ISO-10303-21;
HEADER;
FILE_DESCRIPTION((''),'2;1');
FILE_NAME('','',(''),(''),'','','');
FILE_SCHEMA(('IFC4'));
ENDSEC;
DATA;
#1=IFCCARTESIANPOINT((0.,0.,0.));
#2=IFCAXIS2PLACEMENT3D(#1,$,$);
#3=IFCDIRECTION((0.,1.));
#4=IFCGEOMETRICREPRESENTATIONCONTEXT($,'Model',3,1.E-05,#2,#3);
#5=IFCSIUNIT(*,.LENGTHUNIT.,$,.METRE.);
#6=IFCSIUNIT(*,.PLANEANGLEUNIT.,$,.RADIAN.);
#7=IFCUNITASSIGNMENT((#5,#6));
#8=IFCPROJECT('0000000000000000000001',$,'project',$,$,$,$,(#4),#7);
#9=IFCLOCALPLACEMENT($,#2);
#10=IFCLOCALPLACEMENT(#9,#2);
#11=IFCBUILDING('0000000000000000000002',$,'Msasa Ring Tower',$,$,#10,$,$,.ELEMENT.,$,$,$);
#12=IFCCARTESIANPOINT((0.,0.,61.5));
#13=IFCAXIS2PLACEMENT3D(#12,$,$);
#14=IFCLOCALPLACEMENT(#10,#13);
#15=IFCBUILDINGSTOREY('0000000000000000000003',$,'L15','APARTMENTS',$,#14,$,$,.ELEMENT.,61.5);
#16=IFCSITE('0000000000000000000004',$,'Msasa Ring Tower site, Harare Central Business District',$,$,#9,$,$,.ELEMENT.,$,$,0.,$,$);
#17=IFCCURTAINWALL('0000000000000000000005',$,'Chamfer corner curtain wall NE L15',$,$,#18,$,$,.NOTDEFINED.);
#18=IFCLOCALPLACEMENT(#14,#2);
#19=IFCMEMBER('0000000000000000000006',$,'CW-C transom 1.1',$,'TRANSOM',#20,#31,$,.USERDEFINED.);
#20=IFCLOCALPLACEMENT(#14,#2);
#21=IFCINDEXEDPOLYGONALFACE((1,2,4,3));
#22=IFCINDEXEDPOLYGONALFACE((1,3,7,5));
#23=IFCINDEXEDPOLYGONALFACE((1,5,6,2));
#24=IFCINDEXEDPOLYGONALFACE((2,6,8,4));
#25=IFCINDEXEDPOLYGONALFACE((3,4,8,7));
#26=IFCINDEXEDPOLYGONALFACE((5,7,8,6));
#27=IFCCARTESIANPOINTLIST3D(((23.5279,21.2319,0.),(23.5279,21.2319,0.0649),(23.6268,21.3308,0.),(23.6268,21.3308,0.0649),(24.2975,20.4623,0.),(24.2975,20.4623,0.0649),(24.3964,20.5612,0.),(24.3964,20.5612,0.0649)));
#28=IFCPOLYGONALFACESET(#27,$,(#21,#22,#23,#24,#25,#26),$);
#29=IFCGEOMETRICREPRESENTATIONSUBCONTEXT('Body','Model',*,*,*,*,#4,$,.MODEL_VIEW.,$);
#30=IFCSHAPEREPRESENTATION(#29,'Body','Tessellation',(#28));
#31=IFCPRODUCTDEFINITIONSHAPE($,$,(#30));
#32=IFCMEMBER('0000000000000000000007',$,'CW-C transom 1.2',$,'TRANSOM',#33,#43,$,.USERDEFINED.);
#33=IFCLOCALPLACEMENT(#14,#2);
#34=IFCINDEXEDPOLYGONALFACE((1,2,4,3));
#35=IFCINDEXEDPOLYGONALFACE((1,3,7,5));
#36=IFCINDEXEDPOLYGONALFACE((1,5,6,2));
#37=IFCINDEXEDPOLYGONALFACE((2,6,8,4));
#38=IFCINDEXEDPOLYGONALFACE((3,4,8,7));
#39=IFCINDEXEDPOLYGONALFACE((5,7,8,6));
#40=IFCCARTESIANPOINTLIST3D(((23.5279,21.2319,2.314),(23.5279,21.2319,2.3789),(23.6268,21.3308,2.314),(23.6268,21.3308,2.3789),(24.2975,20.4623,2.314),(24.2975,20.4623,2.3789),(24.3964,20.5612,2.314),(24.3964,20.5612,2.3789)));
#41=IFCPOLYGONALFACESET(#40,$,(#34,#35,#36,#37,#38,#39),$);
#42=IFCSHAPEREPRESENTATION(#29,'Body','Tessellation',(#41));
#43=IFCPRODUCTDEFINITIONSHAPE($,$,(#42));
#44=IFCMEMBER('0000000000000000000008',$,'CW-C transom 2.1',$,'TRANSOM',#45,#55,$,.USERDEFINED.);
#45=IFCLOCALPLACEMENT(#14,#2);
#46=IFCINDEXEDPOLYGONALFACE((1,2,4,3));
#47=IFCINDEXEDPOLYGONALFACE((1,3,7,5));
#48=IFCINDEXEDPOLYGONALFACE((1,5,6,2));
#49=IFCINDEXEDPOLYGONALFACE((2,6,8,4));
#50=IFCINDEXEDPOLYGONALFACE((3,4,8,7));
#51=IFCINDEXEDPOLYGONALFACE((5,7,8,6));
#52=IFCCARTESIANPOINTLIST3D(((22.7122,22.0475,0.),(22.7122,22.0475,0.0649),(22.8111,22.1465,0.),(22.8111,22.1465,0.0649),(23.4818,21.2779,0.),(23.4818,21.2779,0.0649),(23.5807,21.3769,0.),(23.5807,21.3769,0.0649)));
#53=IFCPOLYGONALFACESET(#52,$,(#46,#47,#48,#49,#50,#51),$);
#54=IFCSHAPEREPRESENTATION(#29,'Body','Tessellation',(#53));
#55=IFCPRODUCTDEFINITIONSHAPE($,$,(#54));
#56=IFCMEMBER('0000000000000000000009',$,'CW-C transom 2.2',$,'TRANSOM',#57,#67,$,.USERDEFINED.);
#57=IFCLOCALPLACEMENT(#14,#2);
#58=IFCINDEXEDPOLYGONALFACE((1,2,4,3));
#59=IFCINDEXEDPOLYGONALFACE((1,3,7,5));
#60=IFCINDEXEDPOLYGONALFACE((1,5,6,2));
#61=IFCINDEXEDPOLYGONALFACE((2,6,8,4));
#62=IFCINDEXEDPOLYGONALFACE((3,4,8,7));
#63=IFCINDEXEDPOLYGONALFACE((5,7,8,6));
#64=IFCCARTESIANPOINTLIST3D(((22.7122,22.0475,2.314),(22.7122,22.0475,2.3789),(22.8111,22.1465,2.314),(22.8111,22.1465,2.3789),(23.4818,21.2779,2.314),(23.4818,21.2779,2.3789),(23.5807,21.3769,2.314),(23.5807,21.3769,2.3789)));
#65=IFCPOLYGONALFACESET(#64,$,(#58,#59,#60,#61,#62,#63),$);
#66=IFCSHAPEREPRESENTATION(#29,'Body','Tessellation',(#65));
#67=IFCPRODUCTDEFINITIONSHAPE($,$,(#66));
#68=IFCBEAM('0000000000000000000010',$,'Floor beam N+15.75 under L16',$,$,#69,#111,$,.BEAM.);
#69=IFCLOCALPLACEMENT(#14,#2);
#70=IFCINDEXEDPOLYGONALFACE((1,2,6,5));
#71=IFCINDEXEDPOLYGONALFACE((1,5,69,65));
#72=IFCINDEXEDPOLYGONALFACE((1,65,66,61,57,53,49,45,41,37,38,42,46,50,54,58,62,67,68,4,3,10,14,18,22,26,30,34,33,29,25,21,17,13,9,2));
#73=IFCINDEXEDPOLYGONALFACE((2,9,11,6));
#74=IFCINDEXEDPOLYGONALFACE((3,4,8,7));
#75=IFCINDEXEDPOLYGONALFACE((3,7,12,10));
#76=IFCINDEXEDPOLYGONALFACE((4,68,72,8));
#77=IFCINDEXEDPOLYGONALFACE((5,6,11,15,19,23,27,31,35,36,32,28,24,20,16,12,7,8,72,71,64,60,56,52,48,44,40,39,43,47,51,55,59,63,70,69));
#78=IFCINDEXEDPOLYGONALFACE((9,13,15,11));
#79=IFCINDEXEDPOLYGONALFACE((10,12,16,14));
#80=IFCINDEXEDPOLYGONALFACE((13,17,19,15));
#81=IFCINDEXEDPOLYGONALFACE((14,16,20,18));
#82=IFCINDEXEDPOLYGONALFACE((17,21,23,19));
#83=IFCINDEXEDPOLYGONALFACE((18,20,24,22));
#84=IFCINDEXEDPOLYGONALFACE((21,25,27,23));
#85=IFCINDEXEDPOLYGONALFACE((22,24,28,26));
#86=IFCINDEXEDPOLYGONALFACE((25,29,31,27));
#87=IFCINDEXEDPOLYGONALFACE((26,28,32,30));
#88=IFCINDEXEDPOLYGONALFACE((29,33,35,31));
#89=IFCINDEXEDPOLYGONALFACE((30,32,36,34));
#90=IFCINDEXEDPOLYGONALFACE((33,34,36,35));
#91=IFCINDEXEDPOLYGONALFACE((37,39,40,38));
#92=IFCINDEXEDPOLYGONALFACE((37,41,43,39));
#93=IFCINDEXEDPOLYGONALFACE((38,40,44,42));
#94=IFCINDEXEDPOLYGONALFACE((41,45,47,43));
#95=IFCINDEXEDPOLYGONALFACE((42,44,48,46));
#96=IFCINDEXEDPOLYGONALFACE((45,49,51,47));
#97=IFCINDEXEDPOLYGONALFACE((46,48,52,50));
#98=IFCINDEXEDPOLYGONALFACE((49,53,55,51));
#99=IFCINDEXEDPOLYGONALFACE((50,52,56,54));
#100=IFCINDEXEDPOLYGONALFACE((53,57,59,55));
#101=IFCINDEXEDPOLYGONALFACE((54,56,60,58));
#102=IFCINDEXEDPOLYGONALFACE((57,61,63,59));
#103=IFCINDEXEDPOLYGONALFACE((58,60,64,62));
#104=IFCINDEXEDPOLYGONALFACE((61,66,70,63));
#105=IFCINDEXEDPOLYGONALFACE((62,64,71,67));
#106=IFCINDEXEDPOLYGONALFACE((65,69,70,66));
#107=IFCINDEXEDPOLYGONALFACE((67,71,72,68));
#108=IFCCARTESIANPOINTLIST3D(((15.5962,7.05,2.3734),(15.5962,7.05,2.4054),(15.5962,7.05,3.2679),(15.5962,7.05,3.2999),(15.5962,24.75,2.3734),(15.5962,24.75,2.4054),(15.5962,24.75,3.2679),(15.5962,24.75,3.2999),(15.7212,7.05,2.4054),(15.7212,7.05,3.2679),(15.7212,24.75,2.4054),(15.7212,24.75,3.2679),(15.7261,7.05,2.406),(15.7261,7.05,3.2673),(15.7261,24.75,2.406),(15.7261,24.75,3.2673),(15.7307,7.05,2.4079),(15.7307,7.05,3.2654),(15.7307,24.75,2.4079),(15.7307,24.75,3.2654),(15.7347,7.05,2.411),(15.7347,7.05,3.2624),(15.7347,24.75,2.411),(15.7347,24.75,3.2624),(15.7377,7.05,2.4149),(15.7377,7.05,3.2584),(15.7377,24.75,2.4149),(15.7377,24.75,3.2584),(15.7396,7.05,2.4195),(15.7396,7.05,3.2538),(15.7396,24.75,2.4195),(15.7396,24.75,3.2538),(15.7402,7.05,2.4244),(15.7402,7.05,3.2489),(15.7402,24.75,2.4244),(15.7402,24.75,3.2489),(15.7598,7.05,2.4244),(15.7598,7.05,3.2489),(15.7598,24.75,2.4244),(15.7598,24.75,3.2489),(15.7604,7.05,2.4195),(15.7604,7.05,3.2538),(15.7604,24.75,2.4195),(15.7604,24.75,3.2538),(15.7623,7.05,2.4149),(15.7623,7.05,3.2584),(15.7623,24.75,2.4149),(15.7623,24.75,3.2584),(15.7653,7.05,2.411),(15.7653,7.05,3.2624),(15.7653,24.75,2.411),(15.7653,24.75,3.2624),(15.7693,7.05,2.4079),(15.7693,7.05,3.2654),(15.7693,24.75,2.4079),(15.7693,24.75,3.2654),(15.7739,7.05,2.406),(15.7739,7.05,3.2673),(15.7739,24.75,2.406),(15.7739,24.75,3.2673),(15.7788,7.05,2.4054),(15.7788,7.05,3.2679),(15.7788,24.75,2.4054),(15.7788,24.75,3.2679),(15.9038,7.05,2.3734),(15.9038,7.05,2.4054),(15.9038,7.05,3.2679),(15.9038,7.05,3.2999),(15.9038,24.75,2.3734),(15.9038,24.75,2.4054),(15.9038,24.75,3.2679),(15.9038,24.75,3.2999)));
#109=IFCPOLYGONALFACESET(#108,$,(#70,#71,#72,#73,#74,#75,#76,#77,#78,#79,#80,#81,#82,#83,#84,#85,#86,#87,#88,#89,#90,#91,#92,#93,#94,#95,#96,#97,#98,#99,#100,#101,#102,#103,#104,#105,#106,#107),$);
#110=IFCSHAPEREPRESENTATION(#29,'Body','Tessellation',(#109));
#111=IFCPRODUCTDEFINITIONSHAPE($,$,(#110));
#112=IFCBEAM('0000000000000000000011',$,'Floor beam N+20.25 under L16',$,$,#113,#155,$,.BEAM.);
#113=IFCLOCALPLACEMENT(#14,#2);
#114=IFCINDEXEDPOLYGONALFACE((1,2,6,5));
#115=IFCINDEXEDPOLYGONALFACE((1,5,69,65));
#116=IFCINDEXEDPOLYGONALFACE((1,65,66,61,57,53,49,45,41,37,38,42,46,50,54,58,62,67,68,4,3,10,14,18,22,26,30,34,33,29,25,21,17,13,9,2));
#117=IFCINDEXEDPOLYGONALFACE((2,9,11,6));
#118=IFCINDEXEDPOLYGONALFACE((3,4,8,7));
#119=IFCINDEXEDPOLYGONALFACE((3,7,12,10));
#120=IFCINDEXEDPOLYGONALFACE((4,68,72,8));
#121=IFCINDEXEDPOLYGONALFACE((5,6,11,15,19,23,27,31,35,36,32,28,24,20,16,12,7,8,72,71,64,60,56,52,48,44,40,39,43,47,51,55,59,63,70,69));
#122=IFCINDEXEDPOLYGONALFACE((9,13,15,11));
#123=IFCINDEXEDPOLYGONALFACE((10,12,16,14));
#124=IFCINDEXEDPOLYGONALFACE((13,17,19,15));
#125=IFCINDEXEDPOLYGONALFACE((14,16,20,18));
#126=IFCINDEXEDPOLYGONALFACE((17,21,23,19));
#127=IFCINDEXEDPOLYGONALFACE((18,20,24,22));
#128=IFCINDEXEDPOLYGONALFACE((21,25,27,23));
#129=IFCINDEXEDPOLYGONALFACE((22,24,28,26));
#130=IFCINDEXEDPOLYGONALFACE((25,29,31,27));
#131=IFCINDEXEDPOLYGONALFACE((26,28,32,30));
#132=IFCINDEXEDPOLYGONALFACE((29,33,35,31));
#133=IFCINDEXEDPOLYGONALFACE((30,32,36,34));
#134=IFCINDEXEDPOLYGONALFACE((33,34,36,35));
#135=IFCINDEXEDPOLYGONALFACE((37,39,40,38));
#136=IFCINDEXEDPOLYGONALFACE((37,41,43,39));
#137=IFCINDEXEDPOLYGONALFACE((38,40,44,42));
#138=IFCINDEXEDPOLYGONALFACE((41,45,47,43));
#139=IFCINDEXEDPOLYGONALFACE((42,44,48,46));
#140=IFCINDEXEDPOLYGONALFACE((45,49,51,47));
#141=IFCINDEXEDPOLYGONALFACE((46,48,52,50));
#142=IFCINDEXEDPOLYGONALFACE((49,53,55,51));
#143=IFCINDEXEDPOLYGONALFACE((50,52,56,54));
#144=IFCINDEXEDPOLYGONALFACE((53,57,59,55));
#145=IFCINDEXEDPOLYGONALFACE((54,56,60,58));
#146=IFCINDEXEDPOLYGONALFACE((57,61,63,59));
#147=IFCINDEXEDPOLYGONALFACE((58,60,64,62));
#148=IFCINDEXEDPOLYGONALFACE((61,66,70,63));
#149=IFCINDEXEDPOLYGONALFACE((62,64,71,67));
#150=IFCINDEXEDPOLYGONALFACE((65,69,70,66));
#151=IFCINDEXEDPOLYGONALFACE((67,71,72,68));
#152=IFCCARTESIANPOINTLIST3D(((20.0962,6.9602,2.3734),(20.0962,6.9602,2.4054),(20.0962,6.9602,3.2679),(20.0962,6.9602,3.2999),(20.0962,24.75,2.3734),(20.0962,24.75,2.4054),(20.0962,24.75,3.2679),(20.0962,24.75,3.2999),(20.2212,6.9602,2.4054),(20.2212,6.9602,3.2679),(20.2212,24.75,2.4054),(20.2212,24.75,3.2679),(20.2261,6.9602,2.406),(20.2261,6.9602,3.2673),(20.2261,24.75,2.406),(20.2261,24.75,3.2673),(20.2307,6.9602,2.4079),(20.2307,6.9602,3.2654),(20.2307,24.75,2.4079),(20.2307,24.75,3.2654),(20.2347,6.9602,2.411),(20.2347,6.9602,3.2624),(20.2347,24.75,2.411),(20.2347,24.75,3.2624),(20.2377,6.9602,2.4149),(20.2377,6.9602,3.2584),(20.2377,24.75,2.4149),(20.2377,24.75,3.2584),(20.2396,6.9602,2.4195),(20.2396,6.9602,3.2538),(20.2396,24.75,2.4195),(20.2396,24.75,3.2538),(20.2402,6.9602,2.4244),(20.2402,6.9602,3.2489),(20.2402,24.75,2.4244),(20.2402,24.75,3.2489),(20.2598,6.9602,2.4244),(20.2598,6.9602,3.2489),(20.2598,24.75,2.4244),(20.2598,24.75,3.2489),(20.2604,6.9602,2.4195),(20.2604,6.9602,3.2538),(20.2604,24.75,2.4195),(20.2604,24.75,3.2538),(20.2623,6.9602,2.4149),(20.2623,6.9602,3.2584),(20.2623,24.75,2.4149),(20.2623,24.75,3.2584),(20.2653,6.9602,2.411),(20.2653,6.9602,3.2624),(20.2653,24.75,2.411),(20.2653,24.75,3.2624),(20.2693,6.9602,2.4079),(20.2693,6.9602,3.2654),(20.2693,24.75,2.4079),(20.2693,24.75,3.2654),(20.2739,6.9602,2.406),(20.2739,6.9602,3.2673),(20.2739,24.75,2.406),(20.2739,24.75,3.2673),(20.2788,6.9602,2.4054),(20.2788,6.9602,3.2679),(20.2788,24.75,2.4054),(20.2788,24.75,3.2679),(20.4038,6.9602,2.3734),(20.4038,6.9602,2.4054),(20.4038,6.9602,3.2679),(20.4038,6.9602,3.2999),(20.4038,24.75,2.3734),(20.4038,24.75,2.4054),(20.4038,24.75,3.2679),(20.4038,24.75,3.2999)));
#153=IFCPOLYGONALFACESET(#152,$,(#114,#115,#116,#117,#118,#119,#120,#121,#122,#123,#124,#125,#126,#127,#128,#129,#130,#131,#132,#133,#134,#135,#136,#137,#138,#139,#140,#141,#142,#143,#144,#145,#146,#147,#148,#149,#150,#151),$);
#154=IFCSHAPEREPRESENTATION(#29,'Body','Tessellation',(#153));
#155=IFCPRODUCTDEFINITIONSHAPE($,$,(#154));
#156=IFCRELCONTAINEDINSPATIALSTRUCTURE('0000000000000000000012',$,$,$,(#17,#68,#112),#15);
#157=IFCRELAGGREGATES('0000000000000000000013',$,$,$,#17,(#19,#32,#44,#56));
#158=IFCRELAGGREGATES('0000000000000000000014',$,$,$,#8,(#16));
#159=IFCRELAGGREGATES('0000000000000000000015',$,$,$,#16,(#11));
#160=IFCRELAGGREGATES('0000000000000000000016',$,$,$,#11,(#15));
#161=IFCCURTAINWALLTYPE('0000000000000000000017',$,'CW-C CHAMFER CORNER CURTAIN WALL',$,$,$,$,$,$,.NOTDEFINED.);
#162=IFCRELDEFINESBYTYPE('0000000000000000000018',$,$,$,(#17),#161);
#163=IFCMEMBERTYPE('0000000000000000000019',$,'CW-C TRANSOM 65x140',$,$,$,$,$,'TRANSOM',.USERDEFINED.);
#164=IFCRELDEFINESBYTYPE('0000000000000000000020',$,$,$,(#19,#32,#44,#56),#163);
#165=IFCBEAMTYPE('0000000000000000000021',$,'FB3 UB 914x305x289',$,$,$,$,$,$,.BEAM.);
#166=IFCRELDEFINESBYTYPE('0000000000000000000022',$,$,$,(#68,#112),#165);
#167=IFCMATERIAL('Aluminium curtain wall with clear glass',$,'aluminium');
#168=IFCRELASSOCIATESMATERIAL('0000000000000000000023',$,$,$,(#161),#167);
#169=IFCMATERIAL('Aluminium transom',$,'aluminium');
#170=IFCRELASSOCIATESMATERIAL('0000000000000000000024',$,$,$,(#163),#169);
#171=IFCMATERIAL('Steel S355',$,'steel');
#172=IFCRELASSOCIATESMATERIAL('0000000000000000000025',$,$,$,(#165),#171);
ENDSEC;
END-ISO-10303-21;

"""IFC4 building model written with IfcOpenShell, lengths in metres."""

from ifc_helpers import new_model, si_unit, direction, frame, origin, origin_2d, place, context, subcontext, project, spatial, rectangle, i_section, extrude, material, material_profile, profile_set, type_object, element, aggregate, save


model = new_model("IFC4")

# Units and contexts
model_context = context("Model", 3, precision=1e-05, world=origin(), true_north=direction((0.0, 1.0)))
body_context = subcontext(model_context, "Body", "Model", "MODEL_VIEW")
ifc_project = project(units=[si_unit("LENGTHUNIT", "METRE"), si_unit("PLANEANGLEUNIT", "RADIAN")], contexts=[model_context])

# Site, building, storey
site_placement = place(None, origin())
site = spatial("IfcSite", under=ifc_project, at=site_placement, Name="Msasa Ring Tower site, Harare Central Business District", CompositionType="ELEMENT", RefElevation=0.0)
building_placement = place(site_placement, origin())
building = spatial("IfcBuilding", under=site, at=building_placement, Name="Msasa Ring Tower", CompositionType="ELEMENT")
storey_placement = place(building_placement, frame((0.0, 0.0, 61.5)))
storey = spatial("IfcBuildingStorey", under=building, at=storey_placement, Name="L15", Description="APARTMENTS", CompositionType="ELEMENT", Elevation=61.5)

# Curtain wall
ifc_material_1 = material(Name="Aluminium curtain wall with clear glass", Category="aluminium")
curtain_wall_type = type_object("IfcCurtainWallType", Name="CW-C CHAMFER CORNER CURTAIN WALL", PredefinedType="NOTDEFINED", material=ifc_material_1)
curtain_wall_1_placement = place(storey_placement, origin())
curtain_wall_1 = element("IfcCurtainWall", 1, at=curtain_wall_1_placement, inside=storey, type_object=curtain_wall_type, Name="Chamfer corner curtain wall NE L15", PredefinedType="NOTDEFINED")

# Members
ifc_material_2 = material(Name="Aluminium transom", Category="aluminium")
ifc_material_profile_1 = material_profile(ifc_material_2, rectangle(XDim=0.1399, YDim=0.0649, at=origin_2d()), Name="AL 65x140")
ifc_profile_set_1 = profile_set([ifc_material_profile_1], Name="Aluminium transom")
member_type_1 = type_object("IfcMemberType", Name="CW-C TRANSOM 65x140", ElementType="TRANSOM", PredefinedType="USERDEFINED", material=ifc_profile_set_1)
member_1_placement = place(storey_placement, frame((24.3469, 20.5117, 0.0325), z_axis=(-0.707107, 0.707107, 0.0), x_axis=(-0.707107, -0.707107, 0.0)))
member_1 = element("IfcMember", 2, at=member_1_placement, type_object=member_type_1, Name="CW-C transom 1.1", ObjectType="TRANSOM", PredefinedType="USERDEFINED", context=body_context, shape_type="SweptSolid", body=[
    extrude(rectangle(XDim=0.1399, YDim=0.0649, at=origin_2d()), origin(), (0.0, 0.0, 1.0), 1.0884),
])
member_2_placement = place(storey_placement, frame((24.3469, 20.5117, 2.3464), z_axis=(-0.707107, 0.707107, 0.0), x_axis=(-0.707107, -0.707107, 0.0)))
member_2 = element("IfcMember", 3, at=member_2_placement, type_object=member_type_1, Name="CW-C transom 1.2", ObjectType="TRANSOM", PredefinedType="USERDEFINED", context=body_context, shape_type="SweptSolid", body=[
    extrude(rectangle(XDim=0.1399, YDim=0.0649, at=origin_2d()), origin(), (0.0, 0.0, 1.0), 1.0884),
])
member_3_placement = place(storey_placement, frame((23.5312, 21.3274, 0.0325), z_axis=(-0.707107, 0.707107, 0.0), x_axis=(-0.707107, -0.707107, 0.0)))
member_3 = element("IfcMember", 4, at=member_3_placement, type_object=member_type_1, Name="CW-C transom 2.1", ObjectType="TRANSOM", PredefinedType="USERDEFINED", context=body_context, shape_type="SweptSolid", body=[
    extrude(rectangle(XDim=0.1399, YDim=0.0649, at=origin_2d()), origin(), (0.0, 0.0, 1.0), 1.0884),
])
member_4_placement = place(storey_placement, frame((23.5312, 21.3274, 2.3464), z_axis=(-0.707107, 0.707107, 0.0), x_axis=(-0.707107, -0.707107, 0.0)))
member_4 = element("IfcMember", 5, at=member_4_placement, type_object=member_type_1, Name="CW-C transom 2.2", ObjectType="TRANSOM", PredefinedType="USERDEFINED", context=body_context, shape_type="SweptSolid", body=[
    extrude(rectangle(XDim=0.1399, YDim=0.0649, at=origin_2d()), origin(), (0.0, 0.0, 1.0), 1.0884),
])

# Beams
ifc_material_3 = material(Name="Steel S355", Category="steel")
ifc_material_profile_2 = material_profile(ifc_material_3, i_section(OverallWidth=0.3076, OverallDepth=0.9265, WebThickness=0.0195, FlangeThickness=0.032, FilletRadius=0.019, at=origin_2d()), Name="UB 914x305x289")
ifc_profile_set_2 = profile_set([ifc_material_profile_2], Name="Steel S355")
beam_type_1 = type_object("IfcBeamType", Name="FB3 UB 914x305x289", PredefinedType="BEAM", material=ifc_profile_set_2)
beam_1_placement = place(storey_placement, frame((15.75, 24.75, 2.8367), z_axis=(0.0, -1.0, 0.0), x_axis=(1.0, 0.0, 0.0)))
element("IfcBeam", 6, at=beam_1_placement, inside=storey, type_object=beam_type_1, Name="Floor beam N+15.75 under L16", PredefinedType="BEAM", context=body_context, shape_type="SweptSolid", body=[
    extrude(i_section(OverallWidth=0.3076, OverallDepth=0.9265, WebThickness=0.0195, FlangeThickness=0.032, FilletRadius=0.019, at=origin_2d()), origin(), (0.0, 0.0, 1.0), 17.7),
])
beam_2_placement = place(storey_placement, frame((20.25, 24.75, 2.8367), z_axis=(0.0, -1.0, 0.0), x_axis=(1.0, 0.0, 0.0)))
element("IfcBeam", 7, at=beam_2_placement, inside=storey, type_object=beam_type_1, Name="Floor beam N+20.25 under L16", PredefinedType="BEAM", context=body_context, shape_type="SweptSolid", body=[
    extrude(i_section(OverallWidth=0.3076, OverallDepth=0.9265, WebThickness=0.0195, FlangeThickness=0.032, FilletRadius=0.019, at=origin_2d()), origin(), (0.0, 0.0, 1.0), 17.7898),
])

aggregate(curtain_wall_1, [member_1, member_2, member_3, member_4])

save(model, "model.ifc")
